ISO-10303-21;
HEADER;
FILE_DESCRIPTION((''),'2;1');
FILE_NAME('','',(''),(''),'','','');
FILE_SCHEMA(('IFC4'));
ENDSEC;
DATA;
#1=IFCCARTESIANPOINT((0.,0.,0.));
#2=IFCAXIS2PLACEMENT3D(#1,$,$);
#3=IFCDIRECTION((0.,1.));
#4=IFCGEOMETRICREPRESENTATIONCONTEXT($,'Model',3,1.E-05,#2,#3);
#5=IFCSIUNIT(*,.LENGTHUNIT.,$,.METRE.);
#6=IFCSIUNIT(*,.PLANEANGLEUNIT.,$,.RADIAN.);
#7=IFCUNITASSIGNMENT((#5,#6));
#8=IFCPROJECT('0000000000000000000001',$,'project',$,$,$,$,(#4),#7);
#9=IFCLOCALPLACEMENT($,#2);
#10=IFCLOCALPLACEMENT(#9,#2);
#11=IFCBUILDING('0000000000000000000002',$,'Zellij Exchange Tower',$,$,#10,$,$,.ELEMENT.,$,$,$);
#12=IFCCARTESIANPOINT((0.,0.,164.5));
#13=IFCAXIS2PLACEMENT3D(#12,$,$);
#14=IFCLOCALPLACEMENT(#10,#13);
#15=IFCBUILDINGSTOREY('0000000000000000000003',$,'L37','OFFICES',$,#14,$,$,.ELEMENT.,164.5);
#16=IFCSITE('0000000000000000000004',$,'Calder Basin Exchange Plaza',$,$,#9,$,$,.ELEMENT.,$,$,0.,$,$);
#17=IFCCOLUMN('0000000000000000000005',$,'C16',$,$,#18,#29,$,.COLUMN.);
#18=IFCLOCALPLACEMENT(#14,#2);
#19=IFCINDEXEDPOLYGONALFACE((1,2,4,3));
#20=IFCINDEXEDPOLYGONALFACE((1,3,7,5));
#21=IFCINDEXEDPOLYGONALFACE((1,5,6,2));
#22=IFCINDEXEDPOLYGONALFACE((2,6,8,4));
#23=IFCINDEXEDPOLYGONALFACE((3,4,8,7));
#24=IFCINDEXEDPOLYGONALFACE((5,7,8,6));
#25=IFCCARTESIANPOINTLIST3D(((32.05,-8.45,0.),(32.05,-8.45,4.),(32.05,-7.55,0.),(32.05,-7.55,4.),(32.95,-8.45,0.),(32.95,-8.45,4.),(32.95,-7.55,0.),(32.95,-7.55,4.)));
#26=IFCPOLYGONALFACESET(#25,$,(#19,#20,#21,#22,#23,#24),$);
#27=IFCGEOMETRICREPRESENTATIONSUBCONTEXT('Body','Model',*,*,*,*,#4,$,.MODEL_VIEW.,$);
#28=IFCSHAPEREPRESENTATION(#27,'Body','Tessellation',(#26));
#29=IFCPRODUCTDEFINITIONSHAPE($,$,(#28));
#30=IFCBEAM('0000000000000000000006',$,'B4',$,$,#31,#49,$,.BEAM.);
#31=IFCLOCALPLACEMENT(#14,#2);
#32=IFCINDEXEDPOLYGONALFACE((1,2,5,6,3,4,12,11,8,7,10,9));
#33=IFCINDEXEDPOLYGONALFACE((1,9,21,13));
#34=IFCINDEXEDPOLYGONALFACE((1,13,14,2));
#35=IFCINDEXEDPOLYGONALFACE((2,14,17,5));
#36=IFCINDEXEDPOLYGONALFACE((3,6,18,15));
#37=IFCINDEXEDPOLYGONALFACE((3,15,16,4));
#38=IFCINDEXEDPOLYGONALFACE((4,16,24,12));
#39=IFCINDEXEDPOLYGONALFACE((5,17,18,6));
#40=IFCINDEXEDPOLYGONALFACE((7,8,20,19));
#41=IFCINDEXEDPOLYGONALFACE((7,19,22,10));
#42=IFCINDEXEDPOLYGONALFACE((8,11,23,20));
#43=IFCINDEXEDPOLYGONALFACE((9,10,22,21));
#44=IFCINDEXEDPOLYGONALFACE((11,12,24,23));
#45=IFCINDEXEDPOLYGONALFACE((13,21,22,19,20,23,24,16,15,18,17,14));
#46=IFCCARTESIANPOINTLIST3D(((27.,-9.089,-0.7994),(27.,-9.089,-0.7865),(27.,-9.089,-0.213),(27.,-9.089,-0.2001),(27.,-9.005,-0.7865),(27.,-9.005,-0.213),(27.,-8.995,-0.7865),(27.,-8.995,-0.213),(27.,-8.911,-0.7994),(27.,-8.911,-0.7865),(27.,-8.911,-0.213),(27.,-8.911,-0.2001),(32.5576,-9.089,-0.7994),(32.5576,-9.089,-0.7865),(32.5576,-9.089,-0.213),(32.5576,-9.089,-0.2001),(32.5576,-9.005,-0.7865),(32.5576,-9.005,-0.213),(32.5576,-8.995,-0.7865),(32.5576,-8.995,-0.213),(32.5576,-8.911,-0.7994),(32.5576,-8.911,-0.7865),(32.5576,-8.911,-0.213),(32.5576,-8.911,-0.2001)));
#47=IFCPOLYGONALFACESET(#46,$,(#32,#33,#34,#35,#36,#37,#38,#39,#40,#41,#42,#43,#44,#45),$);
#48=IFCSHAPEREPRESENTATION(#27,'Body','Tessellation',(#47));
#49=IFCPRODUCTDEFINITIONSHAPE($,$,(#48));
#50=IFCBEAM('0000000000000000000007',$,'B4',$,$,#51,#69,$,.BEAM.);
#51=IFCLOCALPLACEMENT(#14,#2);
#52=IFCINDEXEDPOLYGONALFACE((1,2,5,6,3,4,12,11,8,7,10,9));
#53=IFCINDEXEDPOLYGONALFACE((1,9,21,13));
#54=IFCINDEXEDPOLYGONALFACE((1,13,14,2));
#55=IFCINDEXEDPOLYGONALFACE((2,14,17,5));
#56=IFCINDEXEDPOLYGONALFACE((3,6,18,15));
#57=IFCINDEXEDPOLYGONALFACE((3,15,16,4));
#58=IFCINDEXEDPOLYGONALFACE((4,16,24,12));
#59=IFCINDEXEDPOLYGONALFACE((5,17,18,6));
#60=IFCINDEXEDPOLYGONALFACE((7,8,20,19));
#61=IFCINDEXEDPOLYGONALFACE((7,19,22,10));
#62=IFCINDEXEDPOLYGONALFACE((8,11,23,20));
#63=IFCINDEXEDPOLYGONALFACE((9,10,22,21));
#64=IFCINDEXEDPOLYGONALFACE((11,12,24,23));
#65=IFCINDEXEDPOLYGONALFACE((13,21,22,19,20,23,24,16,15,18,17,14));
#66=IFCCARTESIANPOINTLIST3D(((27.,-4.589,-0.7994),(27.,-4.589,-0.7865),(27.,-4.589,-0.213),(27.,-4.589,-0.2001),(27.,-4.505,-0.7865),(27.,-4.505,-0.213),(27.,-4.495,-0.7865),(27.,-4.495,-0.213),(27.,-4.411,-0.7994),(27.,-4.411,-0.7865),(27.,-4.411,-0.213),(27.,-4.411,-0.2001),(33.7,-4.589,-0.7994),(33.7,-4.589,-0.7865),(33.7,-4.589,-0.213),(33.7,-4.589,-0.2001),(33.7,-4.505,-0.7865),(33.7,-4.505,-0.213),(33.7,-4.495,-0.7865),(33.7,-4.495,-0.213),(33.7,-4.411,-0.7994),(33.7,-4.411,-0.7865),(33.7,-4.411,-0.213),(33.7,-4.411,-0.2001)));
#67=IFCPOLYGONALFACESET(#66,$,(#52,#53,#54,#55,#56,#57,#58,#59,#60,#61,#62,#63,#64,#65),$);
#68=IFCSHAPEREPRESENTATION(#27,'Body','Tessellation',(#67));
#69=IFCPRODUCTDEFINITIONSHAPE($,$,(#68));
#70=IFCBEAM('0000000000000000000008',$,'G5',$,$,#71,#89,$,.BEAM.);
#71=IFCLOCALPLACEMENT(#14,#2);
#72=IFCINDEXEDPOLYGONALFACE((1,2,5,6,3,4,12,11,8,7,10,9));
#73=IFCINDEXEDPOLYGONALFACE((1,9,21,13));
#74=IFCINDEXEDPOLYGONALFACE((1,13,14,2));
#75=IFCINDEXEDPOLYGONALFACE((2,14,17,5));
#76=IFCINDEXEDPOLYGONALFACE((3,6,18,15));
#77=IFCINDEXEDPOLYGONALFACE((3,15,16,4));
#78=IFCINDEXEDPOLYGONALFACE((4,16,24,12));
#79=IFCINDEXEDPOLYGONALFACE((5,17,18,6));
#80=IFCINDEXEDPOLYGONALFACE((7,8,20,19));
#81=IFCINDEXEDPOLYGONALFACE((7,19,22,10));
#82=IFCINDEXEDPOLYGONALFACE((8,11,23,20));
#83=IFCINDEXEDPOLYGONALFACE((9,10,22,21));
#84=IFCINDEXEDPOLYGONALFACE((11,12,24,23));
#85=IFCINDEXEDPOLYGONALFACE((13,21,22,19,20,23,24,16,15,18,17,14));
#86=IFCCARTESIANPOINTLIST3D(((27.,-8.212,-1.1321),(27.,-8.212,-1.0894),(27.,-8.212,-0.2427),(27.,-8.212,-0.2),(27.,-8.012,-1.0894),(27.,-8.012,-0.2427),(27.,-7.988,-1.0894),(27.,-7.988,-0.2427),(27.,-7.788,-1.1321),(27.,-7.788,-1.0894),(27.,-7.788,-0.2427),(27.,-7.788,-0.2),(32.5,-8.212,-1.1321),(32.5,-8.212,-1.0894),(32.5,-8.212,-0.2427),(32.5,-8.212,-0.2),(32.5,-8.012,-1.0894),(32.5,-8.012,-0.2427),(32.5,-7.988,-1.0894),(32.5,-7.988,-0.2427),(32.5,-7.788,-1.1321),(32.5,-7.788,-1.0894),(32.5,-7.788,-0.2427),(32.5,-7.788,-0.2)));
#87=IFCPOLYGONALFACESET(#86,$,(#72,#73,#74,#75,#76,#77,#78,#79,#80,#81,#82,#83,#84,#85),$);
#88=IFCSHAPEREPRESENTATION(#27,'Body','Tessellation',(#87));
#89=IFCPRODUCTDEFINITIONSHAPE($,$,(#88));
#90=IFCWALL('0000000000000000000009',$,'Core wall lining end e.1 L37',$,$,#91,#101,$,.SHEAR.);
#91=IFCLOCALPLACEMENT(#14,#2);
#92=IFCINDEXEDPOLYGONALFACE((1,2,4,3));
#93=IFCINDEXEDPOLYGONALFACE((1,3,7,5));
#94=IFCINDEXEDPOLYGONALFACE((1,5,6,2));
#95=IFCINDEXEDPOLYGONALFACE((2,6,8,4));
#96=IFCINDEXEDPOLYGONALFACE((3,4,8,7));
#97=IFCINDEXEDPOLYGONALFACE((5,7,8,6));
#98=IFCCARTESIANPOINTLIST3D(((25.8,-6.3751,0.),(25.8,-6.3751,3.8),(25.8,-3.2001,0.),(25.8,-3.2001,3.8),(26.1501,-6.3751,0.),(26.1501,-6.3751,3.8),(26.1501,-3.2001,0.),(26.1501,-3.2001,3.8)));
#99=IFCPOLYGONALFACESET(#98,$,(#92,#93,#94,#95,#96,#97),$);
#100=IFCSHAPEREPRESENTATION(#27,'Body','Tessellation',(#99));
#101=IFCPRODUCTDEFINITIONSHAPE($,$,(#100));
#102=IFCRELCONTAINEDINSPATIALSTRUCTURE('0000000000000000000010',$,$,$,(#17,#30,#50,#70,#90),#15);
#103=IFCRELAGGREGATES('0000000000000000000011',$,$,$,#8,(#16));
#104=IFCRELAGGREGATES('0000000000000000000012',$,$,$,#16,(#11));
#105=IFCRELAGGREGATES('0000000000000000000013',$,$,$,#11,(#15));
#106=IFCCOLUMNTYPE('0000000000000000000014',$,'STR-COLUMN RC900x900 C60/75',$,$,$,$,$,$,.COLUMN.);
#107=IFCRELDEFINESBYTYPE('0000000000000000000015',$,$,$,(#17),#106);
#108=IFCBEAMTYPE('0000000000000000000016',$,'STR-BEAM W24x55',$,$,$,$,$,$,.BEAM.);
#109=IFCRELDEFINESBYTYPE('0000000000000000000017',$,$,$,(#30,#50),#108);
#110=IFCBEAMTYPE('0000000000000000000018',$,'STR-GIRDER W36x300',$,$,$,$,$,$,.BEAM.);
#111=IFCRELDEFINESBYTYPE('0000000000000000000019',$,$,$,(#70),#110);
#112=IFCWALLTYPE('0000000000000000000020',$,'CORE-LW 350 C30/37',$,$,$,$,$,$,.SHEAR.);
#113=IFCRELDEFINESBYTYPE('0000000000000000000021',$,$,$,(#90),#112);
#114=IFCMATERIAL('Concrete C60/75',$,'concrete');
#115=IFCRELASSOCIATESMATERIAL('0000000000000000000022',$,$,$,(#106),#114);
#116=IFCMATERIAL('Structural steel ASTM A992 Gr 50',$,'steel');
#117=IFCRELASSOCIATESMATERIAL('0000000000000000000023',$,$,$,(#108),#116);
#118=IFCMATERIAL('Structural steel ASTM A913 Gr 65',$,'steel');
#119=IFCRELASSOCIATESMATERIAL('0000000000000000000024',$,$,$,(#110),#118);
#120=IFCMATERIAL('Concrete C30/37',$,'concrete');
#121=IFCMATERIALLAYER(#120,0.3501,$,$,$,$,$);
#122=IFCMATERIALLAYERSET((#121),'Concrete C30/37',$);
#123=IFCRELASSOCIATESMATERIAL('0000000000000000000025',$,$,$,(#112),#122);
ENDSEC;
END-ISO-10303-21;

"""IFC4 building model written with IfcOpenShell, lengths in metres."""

from ifc_helpers import new_model, si_unit, direction, frame, frame_2d, origin, origin_2d, place, context, subcontext, project, spatial, rectangle, i_section, extrude, material, layer, layer_set, material_profile, profile_set, type_object, element, save


model = new_model("IFC4")

# Units and contexts
model_context = context("Model", 3, precision=1e-05, world=origin(), true_north=direction((0.0, 1.0)))
body_context = subcontext(model_context, "Body", "Model", "MODEL_VIEW")
ifc_project = project(units=[si_unit("LENGTHUNIT", "METRE"), si_unit("PLANEANGLEUNIT", "RADIAN")], contexts=[model_context])

# Site, building, storey
site_placement = place(None, origin())
site = spatial("IfcSite", under=ifc_project, at=site_placement, Name="Calder Basin Exchange Plaza", CompositionType="ELEMENT", RefElevation=0.0)
building_placement = place(site_placement, origin())
building = spatial("IfcBuilding", under=site, at=building_placement, Name="Zellij Exchange Tower", CompositionType="ELEMENT")
storey_placement = place(building_placement, frame((0.0, 0.0, 164.5)))
storey = spatial("IfcBuildingStorey", under=building, at=storey_placement, Name="L37", Description="OFFICES", CompositionType="ELEMENT", Elevation=164.5)

# Column
ifc_material_1 = material(Name="Concrete C60/75", Category="concrete")
ifc_material_profile_1 = material_profile(ifc_material_1, rectangle(XDim=0.8999, YDim=0.8999, at=origin_2d()), Name="STR-COLUMN RC900x900 C60/75")
ifc_profile_set_1 = profile_set([ifc_material_profile_1], Name="Concrete C60/75")
column_type = type_object("IfcColumnType", Name="STR-COLUMN RC900x900 C60/75", PredefinedType="COLUMN", material=ifc_profile_set_1)
column_placement = place(storey_placement, frame((32.5, -8.0, 0.0), z_axis=(0.0, 0.0, 1.0), x_axis=(1.0, 0.0, 0.0)))
element("IfcColumn", 1, at=column_placement, inside=storey, type_object=column_type, Name="C16", PredefinedType="COLUMN", context=body_context, shape_type="SweptSolid", body=[
    extrude(rectangle(XDim=0.8999, YDim=0.8999, at=origin_2d()), origin(), (0.0, 0.0, 1.0), 4.0),
])

# Beams
ifc_material_2 = material(Name="Structural steel ASTM A992 Gr 50", Category="steel")
ifc_material_profile_2 = material_profile(ifc_material_2, i_section(OverallWidth=0.178, OverallDepth=0.5994, WebThickness=0.01, FlangeThickness=0.0129, at=origin_2d()), Name="W24x55")
ifc_profile_set_2 = profile_set([ifc_material_profile_2], Name="Structural steel ASTM A992 Gr 50")
beam_type_1 = type_object("IfcBeamType", Name="STR-BEAM W24x55", PredefinedType="BEAM", material=ifc_profile_set_2)
beam_1_placement = place(storey_placement, frame((27.0, -9.0, -0.4998), z_axis=(1.0, 0.0, 0.0), x_axis=(0.0, 1.0, 0.0)))
element("IfcBeam", 2, at=beam_1_placement, inside=storey, type_object=beam_type_1, Name="B4", PredefinedType="BEAM", context=body_context, shape_type="SweptSolid", body=[
    extrude(i_section(OverallWidth=0.178, OverallDepth=0.5994, WebThickness=0.01, FlangeThickness=0.0129, at=origin_2d()), origin(), (0.0, 0.0, 1.0), 5.5576),
])
beam_2_placement = place(storey_placement, frame((27.0, -4.5, -0.4998), z_axis=(1.0, 0.0, 0.0), x_axis=(0.0, 1.0, 0.0)))
element("IfcBeam", 3, at=beam_2_placement, inside=storey, type_object=beam_type_1, Name="B4", PredefinedType="BEAM", context=body_context, shape_type="SweptSolid", body=[
    extrude(i_section(OverallWidth=0.178, OverallDepth=0.5994, WebThickness=0.01, FlangeThickness=0.0129, at=origin_2d()), origin(), (0.0, 0.0, 1.0), 6.7),
])
ifc_material_3 = material(Name="Structural steel ASTM A913 Gr 65", Category="steel")
ifc_material_profile_3 = material_profile(ifc_material_3, i_section(OverallWidth=0.4241, OverallDepth=0.9321, WebThickness=0.0239, FlangeThickness=0.0427, at=origin_2d()), Name="W36x300")
ifc_profile_set_3 = profile_set([ifc_material_profile_3], Name="Structural steel ASTM A913 Gr 65")
beam_type_2 = type_object("IfcBeamType", Name="STR-GIRDER W36x300", PredefinedType="BEAM", material=ifc_profile_set_3)
beam_3_placement = place(storey_placement, frame((27.0, -8.0, -0.666), z_axis=(1.0, 0.0, 0.0), x_axis=(0.0, 1.0, 0.0)))
element("IfcBeam", 4, at=beam_3_placement, inside=storey, type_object=beam_type_2, Name="G5", PredefinedType="BEAM", context=body_context, shape_type="SweptSolid", body=[
    extrude(i_section(OverallWidth=0.4241, OverallDepth=0.9321, WebThickness=0.0239, FlangeThickness=0.0427, at=origin_2d()), origin(), (0.0, 0.0, 1.0), 5.5),
])

# Wall
ifc_material_4 = material(Name="Concrete C30/37", Category="concrete")
ifc_layer_1 = layer(ifc_material_4, 0.3501)
ifc_layer_set_1 = layer_set([ifc_layer_1], Name="Concrete C30/37")
wall_type_1 = type_object("IfcWallType", Name="CORE-LW 350 C30/37", PredefinedType="SHEAR", material=ifc_layer_set_1)
wall_1_placement = place(storey_placement, frame((25.9751, -6.375, 0.0), z_axis=(0.0, 0.0, 1.0), x_axis=(0.0, 1.0, 0.0)))
element("IfcWall", 5, at=wall_1_placement, inside=storey, type_object=wall_type_1, Name="Core wall lining end e.1 L37", PredefinedType="SHEAR", context=body_context, shape_type="SweptSolid", body=[
    extrude(rectangle(XDim=3.175, YDim=0.3501, at=frame_2d((1.5874, 0.0))), origin(), (0.0, 0.0, 1.0), 3.8),
])

save(model, "model.ifc")
